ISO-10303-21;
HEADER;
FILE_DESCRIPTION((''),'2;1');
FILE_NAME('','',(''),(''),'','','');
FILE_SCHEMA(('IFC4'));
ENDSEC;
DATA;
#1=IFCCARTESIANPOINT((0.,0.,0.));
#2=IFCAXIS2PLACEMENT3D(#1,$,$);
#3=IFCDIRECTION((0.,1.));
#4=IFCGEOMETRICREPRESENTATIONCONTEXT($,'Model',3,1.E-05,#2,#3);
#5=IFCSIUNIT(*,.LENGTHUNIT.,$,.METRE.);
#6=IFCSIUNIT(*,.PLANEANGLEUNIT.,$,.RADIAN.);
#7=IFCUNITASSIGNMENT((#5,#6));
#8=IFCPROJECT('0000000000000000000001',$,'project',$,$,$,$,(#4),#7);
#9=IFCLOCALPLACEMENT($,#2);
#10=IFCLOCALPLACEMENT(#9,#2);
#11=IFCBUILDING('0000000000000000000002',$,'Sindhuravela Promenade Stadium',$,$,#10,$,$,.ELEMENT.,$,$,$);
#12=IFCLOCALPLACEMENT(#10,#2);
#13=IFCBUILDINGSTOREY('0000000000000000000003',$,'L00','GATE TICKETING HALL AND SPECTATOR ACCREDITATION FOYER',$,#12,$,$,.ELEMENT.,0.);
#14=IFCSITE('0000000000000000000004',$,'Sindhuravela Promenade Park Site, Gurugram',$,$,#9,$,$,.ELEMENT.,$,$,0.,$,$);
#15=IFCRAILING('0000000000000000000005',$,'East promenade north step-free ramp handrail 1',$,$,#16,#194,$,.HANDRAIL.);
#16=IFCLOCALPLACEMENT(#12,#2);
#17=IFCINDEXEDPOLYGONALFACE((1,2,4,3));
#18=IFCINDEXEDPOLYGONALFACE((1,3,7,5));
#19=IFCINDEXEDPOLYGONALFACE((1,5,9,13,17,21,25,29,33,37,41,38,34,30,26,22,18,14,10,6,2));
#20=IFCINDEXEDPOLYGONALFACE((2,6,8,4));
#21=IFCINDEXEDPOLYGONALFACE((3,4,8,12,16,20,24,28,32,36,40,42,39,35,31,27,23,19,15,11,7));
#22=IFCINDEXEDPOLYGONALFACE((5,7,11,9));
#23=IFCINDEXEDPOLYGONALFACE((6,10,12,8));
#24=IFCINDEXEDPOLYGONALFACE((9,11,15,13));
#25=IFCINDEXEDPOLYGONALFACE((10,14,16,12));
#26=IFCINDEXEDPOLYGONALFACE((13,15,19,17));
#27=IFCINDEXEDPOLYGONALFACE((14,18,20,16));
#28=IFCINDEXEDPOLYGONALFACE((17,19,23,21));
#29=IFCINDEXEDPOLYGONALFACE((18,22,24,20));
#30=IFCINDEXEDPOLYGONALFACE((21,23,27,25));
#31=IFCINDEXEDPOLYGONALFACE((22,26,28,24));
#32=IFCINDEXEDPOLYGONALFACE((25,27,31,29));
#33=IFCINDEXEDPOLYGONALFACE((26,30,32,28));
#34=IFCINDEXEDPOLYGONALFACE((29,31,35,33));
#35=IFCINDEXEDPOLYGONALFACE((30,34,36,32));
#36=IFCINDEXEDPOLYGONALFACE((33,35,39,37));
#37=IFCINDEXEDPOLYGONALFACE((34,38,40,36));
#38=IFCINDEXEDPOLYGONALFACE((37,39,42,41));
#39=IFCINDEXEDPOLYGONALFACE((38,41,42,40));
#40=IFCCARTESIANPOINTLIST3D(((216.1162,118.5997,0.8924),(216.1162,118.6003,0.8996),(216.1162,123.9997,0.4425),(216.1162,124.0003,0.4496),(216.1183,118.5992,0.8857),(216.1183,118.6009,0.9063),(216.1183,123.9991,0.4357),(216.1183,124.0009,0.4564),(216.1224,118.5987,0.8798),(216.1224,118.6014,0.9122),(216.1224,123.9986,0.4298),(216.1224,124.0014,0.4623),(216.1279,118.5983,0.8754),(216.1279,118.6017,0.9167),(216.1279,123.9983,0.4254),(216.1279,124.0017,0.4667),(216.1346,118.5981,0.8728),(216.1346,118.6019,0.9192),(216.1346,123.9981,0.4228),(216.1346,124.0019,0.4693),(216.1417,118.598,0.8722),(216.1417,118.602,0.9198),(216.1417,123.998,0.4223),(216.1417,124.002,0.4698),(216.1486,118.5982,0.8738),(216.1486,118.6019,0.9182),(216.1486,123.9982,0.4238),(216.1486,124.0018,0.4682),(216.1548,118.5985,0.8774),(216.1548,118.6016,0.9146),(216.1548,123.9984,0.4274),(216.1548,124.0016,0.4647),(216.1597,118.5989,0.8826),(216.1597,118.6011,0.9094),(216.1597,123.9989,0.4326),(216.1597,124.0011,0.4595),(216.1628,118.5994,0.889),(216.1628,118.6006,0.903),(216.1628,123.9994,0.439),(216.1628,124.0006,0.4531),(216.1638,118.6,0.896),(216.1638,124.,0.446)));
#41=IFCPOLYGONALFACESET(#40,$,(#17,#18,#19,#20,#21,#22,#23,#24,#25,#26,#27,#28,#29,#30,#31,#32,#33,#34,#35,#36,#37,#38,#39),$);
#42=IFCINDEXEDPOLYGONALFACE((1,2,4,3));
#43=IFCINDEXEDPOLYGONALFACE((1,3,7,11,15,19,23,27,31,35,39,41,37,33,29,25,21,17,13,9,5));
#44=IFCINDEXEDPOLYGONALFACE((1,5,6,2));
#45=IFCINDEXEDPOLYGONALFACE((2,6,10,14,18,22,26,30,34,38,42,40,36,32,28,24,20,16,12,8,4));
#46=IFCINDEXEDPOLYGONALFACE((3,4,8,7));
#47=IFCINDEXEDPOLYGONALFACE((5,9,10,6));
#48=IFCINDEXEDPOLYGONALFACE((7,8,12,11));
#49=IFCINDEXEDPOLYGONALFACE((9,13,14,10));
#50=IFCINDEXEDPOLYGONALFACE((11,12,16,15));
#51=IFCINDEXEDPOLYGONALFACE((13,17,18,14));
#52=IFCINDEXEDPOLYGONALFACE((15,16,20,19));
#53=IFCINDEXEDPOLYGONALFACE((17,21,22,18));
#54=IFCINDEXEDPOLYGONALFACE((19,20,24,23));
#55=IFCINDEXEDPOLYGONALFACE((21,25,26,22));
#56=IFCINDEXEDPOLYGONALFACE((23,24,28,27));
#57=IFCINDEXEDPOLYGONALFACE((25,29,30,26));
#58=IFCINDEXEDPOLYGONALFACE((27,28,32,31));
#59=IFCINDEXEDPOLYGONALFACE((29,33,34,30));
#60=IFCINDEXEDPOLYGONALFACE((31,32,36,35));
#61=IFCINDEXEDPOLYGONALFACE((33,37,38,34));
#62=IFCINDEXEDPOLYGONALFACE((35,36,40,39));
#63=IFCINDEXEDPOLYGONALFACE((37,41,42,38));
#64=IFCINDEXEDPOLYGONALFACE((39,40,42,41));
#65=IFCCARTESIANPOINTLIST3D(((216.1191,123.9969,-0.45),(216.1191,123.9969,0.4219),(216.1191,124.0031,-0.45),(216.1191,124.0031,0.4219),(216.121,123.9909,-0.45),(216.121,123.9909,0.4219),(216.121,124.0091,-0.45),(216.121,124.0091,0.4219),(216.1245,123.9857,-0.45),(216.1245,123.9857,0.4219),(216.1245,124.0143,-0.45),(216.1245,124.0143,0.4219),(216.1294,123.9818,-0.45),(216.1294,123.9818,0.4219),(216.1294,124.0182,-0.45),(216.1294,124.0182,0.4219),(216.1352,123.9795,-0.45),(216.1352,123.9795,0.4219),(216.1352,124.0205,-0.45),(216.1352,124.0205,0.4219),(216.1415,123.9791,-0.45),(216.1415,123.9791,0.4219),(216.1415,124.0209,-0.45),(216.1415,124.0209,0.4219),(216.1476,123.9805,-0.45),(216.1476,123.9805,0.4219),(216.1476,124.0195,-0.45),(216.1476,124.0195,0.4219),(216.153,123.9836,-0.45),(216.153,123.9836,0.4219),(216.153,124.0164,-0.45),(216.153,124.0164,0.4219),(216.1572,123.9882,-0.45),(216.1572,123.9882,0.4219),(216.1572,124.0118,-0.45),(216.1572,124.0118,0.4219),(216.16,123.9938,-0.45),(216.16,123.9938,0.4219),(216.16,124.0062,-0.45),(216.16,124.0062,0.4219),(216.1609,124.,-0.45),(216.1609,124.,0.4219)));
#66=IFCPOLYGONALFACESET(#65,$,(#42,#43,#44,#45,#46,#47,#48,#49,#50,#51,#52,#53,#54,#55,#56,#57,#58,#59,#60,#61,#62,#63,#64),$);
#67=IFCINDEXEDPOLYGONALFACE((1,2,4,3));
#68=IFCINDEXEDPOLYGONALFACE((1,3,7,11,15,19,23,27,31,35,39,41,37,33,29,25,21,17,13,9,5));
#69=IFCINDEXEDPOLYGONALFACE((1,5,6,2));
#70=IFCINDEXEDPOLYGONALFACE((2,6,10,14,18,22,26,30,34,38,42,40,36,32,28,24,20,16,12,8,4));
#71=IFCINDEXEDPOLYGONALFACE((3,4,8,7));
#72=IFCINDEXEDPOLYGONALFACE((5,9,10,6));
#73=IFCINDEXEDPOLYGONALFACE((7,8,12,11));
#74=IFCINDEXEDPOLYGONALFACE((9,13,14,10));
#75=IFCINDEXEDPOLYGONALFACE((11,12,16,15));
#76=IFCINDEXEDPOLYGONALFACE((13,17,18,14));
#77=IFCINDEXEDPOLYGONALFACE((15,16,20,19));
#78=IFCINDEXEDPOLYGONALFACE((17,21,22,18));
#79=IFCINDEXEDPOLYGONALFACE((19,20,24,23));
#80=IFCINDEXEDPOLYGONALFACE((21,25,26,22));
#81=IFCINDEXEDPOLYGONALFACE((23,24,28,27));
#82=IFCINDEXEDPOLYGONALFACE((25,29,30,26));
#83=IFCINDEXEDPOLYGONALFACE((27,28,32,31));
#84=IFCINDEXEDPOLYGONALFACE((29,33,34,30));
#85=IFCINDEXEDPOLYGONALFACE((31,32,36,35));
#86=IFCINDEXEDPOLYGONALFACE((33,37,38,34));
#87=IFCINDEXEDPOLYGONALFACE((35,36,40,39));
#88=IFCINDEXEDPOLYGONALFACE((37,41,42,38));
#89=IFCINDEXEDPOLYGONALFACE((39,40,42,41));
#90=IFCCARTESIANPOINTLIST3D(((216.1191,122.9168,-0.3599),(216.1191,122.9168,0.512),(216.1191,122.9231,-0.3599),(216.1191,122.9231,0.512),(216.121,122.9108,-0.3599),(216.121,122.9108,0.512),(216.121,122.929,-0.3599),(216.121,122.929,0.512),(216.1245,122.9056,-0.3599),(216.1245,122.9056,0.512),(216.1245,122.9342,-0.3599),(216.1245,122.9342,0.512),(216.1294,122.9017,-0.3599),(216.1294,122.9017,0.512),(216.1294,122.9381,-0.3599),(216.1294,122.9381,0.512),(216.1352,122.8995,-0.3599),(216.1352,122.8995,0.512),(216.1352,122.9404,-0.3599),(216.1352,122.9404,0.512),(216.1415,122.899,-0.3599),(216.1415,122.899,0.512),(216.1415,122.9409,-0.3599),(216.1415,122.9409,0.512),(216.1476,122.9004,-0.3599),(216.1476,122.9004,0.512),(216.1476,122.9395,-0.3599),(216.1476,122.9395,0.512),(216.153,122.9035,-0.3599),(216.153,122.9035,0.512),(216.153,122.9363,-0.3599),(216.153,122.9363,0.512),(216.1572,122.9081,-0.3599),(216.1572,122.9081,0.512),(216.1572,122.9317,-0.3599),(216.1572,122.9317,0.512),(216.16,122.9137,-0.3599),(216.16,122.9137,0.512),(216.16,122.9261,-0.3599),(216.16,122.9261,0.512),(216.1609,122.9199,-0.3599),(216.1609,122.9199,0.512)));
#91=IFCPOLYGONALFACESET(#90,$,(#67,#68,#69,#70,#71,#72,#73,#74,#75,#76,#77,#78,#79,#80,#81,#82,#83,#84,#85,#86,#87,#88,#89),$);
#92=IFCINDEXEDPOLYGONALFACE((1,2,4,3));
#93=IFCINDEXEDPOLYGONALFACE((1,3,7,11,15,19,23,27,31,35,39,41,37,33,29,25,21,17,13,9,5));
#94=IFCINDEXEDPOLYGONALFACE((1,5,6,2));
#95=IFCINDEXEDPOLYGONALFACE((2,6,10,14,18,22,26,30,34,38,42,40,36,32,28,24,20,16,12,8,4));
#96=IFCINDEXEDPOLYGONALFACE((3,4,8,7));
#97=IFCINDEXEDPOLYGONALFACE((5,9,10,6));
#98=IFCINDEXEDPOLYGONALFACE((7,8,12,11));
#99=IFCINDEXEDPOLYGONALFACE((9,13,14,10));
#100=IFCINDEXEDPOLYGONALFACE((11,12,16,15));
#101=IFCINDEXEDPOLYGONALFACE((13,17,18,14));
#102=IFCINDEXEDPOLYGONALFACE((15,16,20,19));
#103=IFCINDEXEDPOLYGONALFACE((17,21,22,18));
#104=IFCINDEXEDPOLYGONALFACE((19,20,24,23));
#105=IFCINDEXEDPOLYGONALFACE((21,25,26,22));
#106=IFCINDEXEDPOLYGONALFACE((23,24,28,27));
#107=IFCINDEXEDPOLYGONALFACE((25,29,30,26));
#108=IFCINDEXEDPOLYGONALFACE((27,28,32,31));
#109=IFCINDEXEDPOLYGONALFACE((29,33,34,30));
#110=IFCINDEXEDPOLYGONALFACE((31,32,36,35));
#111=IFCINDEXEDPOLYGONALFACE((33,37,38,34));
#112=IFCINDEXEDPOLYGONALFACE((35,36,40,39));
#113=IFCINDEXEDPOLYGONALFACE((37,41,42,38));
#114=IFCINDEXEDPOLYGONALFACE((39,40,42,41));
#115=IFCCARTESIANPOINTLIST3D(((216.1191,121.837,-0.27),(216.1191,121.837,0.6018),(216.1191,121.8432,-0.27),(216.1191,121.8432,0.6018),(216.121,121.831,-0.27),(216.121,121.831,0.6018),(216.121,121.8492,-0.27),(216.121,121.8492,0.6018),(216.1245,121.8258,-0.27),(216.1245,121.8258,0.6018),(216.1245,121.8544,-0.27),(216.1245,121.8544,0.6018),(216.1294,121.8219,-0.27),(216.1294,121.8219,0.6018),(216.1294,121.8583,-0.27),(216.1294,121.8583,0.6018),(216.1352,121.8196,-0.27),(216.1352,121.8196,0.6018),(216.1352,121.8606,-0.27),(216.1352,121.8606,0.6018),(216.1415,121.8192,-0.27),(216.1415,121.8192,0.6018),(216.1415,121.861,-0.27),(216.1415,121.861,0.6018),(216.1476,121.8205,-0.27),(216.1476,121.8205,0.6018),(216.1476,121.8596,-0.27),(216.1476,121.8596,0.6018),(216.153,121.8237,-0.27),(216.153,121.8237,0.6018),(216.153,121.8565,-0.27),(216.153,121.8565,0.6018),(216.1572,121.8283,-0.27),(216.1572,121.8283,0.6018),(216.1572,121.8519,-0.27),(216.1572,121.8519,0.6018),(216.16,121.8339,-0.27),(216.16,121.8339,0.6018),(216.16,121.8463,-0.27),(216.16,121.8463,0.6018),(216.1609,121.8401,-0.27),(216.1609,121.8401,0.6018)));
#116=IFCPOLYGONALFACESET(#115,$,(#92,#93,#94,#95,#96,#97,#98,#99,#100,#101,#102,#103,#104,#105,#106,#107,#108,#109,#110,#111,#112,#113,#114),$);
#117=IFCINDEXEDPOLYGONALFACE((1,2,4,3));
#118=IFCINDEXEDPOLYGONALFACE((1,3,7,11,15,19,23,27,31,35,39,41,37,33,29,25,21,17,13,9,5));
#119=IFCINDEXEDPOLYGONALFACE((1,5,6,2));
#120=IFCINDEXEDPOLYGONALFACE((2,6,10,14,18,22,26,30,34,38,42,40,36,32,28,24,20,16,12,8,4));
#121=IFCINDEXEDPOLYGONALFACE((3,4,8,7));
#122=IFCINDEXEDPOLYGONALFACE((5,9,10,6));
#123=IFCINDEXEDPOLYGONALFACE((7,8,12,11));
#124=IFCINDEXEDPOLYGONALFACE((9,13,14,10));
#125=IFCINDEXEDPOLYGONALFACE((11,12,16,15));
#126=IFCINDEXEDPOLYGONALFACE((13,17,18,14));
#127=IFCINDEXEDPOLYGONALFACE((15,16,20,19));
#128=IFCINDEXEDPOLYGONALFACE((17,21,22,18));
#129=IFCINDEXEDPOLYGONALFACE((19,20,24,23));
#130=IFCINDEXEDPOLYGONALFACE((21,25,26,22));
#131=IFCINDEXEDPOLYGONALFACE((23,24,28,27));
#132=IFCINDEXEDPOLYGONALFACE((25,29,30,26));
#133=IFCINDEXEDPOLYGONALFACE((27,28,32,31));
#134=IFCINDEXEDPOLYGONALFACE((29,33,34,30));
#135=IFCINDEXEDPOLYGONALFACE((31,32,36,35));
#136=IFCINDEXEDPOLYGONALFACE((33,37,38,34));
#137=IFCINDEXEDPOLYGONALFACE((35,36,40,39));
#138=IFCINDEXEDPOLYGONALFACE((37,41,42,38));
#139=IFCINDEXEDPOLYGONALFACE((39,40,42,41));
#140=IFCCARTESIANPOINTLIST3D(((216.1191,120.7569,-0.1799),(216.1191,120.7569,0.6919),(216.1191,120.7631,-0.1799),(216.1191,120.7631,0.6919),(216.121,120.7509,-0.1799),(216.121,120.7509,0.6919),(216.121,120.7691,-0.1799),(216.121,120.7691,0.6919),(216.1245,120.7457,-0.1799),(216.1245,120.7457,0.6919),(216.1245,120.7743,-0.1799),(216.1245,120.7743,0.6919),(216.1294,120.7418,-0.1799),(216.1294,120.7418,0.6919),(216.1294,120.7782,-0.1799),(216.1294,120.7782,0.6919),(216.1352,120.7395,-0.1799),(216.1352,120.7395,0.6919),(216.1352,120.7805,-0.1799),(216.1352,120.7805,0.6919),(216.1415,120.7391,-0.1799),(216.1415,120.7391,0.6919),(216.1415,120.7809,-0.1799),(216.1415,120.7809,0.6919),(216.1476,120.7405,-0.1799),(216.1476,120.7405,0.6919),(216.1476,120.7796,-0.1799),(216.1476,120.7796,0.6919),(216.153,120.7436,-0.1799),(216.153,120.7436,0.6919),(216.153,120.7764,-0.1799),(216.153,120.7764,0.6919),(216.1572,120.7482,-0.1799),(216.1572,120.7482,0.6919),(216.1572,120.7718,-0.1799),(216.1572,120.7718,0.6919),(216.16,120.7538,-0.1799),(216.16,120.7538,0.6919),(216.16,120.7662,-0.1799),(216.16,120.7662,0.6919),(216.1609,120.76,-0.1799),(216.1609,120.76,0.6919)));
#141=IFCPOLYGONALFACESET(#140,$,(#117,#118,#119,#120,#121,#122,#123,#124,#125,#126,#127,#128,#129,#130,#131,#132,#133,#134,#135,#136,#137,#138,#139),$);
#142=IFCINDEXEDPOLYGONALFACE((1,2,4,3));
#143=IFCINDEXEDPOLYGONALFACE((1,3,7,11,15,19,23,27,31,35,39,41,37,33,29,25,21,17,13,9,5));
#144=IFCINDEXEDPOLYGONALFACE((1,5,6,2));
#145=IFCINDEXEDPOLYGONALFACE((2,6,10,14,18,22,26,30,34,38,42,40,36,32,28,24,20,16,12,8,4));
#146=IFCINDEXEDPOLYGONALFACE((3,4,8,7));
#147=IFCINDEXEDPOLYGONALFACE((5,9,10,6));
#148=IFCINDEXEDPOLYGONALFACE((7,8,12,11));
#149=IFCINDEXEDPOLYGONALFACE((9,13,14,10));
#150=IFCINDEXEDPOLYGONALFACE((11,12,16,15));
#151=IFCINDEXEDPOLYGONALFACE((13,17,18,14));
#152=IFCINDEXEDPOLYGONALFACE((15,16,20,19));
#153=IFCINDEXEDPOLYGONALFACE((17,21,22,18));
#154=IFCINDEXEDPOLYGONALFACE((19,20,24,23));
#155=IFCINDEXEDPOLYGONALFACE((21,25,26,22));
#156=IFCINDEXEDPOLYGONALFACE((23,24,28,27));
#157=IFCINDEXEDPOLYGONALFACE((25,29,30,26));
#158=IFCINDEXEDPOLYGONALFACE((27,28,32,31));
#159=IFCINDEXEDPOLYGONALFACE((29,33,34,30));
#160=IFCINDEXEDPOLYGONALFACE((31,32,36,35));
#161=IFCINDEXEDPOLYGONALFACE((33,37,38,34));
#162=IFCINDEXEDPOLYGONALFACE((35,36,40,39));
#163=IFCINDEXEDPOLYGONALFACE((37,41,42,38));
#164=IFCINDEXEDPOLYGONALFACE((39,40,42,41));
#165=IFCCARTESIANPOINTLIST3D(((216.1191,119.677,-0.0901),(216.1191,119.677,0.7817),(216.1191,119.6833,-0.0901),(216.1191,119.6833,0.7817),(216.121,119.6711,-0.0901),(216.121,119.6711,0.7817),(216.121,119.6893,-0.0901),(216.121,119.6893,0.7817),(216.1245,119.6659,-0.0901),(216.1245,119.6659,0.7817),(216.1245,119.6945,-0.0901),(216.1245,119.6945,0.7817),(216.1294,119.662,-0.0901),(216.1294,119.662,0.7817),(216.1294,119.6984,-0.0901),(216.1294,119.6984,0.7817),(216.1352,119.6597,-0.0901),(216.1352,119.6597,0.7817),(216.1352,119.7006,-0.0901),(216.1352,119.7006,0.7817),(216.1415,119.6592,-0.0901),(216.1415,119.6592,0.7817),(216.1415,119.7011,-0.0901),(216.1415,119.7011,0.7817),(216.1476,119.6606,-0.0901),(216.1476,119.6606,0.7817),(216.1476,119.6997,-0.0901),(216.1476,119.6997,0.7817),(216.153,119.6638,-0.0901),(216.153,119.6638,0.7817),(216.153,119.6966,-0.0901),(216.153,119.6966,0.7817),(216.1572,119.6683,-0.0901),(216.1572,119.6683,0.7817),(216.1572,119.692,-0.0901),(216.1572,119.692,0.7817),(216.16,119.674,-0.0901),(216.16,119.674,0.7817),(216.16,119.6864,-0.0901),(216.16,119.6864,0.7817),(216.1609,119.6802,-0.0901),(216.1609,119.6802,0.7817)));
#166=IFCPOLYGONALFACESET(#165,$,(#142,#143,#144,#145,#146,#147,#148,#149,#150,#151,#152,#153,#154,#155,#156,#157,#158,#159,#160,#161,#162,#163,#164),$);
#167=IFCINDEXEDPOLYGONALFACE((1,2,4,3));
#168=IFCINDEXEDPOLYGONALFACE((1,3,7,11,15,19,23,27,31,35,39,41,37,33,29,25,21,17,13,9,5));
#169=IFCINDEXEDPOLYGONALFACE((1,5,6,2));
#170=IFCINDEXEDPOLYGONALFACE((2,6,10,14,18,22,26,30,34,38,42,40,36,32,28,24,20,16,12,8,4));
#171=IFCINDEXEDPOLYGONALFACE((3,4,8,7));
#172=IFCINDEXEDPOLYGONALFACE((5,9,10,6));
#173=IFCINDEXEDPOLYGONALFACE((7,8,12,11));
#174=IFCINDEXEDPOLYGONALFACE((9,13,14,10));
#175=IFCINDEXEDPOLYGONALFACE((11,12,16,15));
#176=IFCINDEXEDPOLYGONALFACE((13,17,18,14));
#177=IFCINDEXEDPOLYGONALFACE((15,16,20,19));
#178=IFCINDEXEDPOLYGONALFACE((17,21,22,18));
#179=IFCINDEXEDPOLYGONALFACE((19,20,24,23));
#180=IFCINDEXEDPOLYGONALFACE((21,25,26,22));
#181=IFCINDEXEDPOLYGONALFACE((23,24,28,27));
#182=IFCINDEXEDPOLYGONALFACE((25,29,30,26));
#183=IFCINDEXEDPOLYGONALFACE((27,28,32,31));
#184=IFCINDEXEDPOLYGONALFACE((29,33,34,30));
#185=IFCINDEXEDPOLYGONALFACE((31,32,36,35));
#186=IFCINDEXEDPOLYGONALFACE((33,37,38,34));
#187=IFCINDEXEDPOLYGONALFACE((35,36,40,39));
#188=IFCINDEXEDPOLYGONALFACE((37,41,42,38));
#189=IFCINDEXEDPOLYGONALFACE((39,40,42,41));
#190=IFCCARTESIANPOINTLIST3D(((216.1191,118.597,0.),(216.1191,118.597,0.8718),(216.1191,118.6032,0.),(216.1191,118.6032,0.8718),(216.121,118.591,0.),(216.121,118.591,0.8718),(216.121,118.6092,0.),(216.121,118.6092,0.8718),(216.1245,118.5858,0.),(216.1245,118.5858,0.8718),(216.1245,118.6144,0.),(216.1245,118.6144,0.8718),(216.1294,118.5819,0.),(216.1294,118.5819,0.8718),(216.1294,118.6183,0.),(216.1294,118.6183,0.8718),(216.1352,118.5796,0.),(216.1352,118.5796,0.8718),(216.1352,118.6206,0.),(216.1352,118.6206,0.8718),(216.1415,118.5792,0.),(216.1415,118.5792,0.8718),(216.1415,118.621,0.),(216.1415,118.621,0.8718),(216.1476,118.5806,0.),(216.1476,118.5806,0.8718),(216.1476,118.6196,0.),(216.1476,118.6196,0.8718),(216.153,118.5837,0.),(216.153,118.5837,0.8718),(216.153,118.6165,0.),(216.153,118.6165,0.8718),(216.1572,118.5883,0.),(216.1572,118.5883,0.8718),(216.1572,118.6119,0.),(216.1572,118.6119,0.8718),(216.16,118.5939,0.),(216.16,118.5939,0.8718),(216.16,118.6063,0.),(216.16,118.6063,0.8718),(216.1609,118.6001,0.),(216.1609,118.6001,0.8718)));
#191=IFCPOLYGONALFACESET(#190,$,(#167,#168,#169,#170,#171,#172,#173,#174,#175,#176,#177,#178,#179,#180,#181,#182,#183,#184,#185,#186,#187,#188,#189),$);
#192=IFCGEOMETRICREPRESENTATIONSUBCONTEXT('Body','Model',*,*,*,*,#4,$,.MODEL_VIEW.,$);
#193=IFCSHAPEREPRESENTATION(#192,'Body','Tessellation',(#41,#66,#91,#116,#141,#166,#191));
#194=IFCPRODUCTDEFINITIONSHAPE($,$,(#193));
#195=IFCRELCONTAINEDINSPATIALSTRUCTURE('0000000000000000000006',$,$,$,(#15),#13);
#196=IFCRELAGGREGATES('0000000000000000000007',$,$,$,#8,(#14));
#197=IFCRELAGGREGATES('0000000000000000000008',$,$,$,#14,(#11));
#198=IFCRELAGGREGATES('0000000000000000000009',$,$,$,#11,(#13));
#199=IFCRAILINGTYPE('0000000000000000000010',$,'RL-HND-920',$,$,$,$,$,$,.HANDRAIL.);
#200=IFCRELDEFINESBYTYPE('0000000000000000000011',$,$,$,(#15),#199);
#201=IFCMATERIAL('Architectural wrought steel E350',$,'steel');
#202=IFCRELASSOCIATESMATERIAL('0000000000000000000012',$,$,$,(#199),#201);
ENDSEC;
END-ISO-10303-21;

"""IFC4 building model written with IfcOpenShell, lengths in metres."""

from ifc_helpers import new_model, si_unit, direction, frame, origin, origin_2d, place, context, subcontext, project, spatial, circle, extrude, material, type_object, element, save


model = new_model("IFC4")

# Units and contexts
model_context = context("Model", 3, precision=1e-05, world=origin(), true_north=direction((0.0, 1.0)))
body_context = subcontext(model_context, "Body", "Model", "MODEL_VIEW")
ifc_project = project(units=[si_unit("LENGTHUNIT", "METRE"), si_unit("PLANEANGLEUNIT", "RADIAN")], contexts=[model_context])

# Site, building, storey
site_placement = place(None, origin())
site = spatial("IfcSite", under=ifc_project, at=site_placement, Name="Sindhuravela Promenade Park Site, Gurugram", CompositionType="ELEMENT", RefElevation=0.0)
building_placement = place(site_placement, origin())
building = spatial("IfcBuilding", under=site, at=building_placement, Name="Sindhuravela Promenade Stadium", CompositionType="ELEMENT")
storey_placement = place(building_placement, origin())
storey = spatial("IfcBuildingStorey", under=building, at=storey_placement, Name="L00", Description="GATE TICKETING HALL AND SPECTATOR ACCREDITATION FOYER", CompositionType="ELEMENT", Elevation=0.0)

# Railing
ifc_material_1 = material(Name="Architectural wrought steel E350", Category="steel")
railing_type = type_object("IfcRailingType", Name="RL-HND-920", PredefinedType="HANDRAIL", material=ifc_material_1)
for number, where, name in (
    (1, (216.1399, 124.0, -0.45), "East promenade north step-free ramp handrail 1"),
):
    element("IfcRailing", number, at=place(storey_placement, frame(where)), inside=storey, type_object=railing_type, Name=name, PredefinedType="HANDRAIL", context=body_context, shape_type="SweptSolid", body=[
        extrude(circle(Radius=0.0239, at=origin_2d()), frame((0.0, 0.0, 0.896), z_axis=(0.0, -0.996546, 0.083038), x_axis=(1.0, 0.0, 0.0)), (0.0, 0.0, 1.0), 5.4187),
        extrude(circle(Radius=0.021, at=origin_2d()), origin(), (0.0, 0.0, 1.0), 0.8718),
        extrude(circle(Radius=0.021, at=origin_2d()), frame((0.0, -1.0801, 0.0901)), (0.0, 0.0, 1.0), 0.8718),
        extrude(circle(Radius=0.021, at=origin_2d()), frame((0.0, -2.1599, 0.1799)), (0.0, 0.0, 1.0), 0.8718),
        extrude(circle(Radius=0.021, at=origin_2d()), frame((0.0, -3.24, 0.27)), (0.0, 0.0, 1.0), 0.8718),
        extrude(circle(Radius=0.021, at=origin_2d()), frame((0.0, -4.3198, 0.3599)), (0.0, 0.0, 1.0), 0.8718),
        extrude(circle(Radius=0.021, at=origin_2d()), frame((0.0, -5.3999, 0.45)), (0.0, 0.0, 1.0), 0.8718),
    ])

save(model, "model.ifc")
